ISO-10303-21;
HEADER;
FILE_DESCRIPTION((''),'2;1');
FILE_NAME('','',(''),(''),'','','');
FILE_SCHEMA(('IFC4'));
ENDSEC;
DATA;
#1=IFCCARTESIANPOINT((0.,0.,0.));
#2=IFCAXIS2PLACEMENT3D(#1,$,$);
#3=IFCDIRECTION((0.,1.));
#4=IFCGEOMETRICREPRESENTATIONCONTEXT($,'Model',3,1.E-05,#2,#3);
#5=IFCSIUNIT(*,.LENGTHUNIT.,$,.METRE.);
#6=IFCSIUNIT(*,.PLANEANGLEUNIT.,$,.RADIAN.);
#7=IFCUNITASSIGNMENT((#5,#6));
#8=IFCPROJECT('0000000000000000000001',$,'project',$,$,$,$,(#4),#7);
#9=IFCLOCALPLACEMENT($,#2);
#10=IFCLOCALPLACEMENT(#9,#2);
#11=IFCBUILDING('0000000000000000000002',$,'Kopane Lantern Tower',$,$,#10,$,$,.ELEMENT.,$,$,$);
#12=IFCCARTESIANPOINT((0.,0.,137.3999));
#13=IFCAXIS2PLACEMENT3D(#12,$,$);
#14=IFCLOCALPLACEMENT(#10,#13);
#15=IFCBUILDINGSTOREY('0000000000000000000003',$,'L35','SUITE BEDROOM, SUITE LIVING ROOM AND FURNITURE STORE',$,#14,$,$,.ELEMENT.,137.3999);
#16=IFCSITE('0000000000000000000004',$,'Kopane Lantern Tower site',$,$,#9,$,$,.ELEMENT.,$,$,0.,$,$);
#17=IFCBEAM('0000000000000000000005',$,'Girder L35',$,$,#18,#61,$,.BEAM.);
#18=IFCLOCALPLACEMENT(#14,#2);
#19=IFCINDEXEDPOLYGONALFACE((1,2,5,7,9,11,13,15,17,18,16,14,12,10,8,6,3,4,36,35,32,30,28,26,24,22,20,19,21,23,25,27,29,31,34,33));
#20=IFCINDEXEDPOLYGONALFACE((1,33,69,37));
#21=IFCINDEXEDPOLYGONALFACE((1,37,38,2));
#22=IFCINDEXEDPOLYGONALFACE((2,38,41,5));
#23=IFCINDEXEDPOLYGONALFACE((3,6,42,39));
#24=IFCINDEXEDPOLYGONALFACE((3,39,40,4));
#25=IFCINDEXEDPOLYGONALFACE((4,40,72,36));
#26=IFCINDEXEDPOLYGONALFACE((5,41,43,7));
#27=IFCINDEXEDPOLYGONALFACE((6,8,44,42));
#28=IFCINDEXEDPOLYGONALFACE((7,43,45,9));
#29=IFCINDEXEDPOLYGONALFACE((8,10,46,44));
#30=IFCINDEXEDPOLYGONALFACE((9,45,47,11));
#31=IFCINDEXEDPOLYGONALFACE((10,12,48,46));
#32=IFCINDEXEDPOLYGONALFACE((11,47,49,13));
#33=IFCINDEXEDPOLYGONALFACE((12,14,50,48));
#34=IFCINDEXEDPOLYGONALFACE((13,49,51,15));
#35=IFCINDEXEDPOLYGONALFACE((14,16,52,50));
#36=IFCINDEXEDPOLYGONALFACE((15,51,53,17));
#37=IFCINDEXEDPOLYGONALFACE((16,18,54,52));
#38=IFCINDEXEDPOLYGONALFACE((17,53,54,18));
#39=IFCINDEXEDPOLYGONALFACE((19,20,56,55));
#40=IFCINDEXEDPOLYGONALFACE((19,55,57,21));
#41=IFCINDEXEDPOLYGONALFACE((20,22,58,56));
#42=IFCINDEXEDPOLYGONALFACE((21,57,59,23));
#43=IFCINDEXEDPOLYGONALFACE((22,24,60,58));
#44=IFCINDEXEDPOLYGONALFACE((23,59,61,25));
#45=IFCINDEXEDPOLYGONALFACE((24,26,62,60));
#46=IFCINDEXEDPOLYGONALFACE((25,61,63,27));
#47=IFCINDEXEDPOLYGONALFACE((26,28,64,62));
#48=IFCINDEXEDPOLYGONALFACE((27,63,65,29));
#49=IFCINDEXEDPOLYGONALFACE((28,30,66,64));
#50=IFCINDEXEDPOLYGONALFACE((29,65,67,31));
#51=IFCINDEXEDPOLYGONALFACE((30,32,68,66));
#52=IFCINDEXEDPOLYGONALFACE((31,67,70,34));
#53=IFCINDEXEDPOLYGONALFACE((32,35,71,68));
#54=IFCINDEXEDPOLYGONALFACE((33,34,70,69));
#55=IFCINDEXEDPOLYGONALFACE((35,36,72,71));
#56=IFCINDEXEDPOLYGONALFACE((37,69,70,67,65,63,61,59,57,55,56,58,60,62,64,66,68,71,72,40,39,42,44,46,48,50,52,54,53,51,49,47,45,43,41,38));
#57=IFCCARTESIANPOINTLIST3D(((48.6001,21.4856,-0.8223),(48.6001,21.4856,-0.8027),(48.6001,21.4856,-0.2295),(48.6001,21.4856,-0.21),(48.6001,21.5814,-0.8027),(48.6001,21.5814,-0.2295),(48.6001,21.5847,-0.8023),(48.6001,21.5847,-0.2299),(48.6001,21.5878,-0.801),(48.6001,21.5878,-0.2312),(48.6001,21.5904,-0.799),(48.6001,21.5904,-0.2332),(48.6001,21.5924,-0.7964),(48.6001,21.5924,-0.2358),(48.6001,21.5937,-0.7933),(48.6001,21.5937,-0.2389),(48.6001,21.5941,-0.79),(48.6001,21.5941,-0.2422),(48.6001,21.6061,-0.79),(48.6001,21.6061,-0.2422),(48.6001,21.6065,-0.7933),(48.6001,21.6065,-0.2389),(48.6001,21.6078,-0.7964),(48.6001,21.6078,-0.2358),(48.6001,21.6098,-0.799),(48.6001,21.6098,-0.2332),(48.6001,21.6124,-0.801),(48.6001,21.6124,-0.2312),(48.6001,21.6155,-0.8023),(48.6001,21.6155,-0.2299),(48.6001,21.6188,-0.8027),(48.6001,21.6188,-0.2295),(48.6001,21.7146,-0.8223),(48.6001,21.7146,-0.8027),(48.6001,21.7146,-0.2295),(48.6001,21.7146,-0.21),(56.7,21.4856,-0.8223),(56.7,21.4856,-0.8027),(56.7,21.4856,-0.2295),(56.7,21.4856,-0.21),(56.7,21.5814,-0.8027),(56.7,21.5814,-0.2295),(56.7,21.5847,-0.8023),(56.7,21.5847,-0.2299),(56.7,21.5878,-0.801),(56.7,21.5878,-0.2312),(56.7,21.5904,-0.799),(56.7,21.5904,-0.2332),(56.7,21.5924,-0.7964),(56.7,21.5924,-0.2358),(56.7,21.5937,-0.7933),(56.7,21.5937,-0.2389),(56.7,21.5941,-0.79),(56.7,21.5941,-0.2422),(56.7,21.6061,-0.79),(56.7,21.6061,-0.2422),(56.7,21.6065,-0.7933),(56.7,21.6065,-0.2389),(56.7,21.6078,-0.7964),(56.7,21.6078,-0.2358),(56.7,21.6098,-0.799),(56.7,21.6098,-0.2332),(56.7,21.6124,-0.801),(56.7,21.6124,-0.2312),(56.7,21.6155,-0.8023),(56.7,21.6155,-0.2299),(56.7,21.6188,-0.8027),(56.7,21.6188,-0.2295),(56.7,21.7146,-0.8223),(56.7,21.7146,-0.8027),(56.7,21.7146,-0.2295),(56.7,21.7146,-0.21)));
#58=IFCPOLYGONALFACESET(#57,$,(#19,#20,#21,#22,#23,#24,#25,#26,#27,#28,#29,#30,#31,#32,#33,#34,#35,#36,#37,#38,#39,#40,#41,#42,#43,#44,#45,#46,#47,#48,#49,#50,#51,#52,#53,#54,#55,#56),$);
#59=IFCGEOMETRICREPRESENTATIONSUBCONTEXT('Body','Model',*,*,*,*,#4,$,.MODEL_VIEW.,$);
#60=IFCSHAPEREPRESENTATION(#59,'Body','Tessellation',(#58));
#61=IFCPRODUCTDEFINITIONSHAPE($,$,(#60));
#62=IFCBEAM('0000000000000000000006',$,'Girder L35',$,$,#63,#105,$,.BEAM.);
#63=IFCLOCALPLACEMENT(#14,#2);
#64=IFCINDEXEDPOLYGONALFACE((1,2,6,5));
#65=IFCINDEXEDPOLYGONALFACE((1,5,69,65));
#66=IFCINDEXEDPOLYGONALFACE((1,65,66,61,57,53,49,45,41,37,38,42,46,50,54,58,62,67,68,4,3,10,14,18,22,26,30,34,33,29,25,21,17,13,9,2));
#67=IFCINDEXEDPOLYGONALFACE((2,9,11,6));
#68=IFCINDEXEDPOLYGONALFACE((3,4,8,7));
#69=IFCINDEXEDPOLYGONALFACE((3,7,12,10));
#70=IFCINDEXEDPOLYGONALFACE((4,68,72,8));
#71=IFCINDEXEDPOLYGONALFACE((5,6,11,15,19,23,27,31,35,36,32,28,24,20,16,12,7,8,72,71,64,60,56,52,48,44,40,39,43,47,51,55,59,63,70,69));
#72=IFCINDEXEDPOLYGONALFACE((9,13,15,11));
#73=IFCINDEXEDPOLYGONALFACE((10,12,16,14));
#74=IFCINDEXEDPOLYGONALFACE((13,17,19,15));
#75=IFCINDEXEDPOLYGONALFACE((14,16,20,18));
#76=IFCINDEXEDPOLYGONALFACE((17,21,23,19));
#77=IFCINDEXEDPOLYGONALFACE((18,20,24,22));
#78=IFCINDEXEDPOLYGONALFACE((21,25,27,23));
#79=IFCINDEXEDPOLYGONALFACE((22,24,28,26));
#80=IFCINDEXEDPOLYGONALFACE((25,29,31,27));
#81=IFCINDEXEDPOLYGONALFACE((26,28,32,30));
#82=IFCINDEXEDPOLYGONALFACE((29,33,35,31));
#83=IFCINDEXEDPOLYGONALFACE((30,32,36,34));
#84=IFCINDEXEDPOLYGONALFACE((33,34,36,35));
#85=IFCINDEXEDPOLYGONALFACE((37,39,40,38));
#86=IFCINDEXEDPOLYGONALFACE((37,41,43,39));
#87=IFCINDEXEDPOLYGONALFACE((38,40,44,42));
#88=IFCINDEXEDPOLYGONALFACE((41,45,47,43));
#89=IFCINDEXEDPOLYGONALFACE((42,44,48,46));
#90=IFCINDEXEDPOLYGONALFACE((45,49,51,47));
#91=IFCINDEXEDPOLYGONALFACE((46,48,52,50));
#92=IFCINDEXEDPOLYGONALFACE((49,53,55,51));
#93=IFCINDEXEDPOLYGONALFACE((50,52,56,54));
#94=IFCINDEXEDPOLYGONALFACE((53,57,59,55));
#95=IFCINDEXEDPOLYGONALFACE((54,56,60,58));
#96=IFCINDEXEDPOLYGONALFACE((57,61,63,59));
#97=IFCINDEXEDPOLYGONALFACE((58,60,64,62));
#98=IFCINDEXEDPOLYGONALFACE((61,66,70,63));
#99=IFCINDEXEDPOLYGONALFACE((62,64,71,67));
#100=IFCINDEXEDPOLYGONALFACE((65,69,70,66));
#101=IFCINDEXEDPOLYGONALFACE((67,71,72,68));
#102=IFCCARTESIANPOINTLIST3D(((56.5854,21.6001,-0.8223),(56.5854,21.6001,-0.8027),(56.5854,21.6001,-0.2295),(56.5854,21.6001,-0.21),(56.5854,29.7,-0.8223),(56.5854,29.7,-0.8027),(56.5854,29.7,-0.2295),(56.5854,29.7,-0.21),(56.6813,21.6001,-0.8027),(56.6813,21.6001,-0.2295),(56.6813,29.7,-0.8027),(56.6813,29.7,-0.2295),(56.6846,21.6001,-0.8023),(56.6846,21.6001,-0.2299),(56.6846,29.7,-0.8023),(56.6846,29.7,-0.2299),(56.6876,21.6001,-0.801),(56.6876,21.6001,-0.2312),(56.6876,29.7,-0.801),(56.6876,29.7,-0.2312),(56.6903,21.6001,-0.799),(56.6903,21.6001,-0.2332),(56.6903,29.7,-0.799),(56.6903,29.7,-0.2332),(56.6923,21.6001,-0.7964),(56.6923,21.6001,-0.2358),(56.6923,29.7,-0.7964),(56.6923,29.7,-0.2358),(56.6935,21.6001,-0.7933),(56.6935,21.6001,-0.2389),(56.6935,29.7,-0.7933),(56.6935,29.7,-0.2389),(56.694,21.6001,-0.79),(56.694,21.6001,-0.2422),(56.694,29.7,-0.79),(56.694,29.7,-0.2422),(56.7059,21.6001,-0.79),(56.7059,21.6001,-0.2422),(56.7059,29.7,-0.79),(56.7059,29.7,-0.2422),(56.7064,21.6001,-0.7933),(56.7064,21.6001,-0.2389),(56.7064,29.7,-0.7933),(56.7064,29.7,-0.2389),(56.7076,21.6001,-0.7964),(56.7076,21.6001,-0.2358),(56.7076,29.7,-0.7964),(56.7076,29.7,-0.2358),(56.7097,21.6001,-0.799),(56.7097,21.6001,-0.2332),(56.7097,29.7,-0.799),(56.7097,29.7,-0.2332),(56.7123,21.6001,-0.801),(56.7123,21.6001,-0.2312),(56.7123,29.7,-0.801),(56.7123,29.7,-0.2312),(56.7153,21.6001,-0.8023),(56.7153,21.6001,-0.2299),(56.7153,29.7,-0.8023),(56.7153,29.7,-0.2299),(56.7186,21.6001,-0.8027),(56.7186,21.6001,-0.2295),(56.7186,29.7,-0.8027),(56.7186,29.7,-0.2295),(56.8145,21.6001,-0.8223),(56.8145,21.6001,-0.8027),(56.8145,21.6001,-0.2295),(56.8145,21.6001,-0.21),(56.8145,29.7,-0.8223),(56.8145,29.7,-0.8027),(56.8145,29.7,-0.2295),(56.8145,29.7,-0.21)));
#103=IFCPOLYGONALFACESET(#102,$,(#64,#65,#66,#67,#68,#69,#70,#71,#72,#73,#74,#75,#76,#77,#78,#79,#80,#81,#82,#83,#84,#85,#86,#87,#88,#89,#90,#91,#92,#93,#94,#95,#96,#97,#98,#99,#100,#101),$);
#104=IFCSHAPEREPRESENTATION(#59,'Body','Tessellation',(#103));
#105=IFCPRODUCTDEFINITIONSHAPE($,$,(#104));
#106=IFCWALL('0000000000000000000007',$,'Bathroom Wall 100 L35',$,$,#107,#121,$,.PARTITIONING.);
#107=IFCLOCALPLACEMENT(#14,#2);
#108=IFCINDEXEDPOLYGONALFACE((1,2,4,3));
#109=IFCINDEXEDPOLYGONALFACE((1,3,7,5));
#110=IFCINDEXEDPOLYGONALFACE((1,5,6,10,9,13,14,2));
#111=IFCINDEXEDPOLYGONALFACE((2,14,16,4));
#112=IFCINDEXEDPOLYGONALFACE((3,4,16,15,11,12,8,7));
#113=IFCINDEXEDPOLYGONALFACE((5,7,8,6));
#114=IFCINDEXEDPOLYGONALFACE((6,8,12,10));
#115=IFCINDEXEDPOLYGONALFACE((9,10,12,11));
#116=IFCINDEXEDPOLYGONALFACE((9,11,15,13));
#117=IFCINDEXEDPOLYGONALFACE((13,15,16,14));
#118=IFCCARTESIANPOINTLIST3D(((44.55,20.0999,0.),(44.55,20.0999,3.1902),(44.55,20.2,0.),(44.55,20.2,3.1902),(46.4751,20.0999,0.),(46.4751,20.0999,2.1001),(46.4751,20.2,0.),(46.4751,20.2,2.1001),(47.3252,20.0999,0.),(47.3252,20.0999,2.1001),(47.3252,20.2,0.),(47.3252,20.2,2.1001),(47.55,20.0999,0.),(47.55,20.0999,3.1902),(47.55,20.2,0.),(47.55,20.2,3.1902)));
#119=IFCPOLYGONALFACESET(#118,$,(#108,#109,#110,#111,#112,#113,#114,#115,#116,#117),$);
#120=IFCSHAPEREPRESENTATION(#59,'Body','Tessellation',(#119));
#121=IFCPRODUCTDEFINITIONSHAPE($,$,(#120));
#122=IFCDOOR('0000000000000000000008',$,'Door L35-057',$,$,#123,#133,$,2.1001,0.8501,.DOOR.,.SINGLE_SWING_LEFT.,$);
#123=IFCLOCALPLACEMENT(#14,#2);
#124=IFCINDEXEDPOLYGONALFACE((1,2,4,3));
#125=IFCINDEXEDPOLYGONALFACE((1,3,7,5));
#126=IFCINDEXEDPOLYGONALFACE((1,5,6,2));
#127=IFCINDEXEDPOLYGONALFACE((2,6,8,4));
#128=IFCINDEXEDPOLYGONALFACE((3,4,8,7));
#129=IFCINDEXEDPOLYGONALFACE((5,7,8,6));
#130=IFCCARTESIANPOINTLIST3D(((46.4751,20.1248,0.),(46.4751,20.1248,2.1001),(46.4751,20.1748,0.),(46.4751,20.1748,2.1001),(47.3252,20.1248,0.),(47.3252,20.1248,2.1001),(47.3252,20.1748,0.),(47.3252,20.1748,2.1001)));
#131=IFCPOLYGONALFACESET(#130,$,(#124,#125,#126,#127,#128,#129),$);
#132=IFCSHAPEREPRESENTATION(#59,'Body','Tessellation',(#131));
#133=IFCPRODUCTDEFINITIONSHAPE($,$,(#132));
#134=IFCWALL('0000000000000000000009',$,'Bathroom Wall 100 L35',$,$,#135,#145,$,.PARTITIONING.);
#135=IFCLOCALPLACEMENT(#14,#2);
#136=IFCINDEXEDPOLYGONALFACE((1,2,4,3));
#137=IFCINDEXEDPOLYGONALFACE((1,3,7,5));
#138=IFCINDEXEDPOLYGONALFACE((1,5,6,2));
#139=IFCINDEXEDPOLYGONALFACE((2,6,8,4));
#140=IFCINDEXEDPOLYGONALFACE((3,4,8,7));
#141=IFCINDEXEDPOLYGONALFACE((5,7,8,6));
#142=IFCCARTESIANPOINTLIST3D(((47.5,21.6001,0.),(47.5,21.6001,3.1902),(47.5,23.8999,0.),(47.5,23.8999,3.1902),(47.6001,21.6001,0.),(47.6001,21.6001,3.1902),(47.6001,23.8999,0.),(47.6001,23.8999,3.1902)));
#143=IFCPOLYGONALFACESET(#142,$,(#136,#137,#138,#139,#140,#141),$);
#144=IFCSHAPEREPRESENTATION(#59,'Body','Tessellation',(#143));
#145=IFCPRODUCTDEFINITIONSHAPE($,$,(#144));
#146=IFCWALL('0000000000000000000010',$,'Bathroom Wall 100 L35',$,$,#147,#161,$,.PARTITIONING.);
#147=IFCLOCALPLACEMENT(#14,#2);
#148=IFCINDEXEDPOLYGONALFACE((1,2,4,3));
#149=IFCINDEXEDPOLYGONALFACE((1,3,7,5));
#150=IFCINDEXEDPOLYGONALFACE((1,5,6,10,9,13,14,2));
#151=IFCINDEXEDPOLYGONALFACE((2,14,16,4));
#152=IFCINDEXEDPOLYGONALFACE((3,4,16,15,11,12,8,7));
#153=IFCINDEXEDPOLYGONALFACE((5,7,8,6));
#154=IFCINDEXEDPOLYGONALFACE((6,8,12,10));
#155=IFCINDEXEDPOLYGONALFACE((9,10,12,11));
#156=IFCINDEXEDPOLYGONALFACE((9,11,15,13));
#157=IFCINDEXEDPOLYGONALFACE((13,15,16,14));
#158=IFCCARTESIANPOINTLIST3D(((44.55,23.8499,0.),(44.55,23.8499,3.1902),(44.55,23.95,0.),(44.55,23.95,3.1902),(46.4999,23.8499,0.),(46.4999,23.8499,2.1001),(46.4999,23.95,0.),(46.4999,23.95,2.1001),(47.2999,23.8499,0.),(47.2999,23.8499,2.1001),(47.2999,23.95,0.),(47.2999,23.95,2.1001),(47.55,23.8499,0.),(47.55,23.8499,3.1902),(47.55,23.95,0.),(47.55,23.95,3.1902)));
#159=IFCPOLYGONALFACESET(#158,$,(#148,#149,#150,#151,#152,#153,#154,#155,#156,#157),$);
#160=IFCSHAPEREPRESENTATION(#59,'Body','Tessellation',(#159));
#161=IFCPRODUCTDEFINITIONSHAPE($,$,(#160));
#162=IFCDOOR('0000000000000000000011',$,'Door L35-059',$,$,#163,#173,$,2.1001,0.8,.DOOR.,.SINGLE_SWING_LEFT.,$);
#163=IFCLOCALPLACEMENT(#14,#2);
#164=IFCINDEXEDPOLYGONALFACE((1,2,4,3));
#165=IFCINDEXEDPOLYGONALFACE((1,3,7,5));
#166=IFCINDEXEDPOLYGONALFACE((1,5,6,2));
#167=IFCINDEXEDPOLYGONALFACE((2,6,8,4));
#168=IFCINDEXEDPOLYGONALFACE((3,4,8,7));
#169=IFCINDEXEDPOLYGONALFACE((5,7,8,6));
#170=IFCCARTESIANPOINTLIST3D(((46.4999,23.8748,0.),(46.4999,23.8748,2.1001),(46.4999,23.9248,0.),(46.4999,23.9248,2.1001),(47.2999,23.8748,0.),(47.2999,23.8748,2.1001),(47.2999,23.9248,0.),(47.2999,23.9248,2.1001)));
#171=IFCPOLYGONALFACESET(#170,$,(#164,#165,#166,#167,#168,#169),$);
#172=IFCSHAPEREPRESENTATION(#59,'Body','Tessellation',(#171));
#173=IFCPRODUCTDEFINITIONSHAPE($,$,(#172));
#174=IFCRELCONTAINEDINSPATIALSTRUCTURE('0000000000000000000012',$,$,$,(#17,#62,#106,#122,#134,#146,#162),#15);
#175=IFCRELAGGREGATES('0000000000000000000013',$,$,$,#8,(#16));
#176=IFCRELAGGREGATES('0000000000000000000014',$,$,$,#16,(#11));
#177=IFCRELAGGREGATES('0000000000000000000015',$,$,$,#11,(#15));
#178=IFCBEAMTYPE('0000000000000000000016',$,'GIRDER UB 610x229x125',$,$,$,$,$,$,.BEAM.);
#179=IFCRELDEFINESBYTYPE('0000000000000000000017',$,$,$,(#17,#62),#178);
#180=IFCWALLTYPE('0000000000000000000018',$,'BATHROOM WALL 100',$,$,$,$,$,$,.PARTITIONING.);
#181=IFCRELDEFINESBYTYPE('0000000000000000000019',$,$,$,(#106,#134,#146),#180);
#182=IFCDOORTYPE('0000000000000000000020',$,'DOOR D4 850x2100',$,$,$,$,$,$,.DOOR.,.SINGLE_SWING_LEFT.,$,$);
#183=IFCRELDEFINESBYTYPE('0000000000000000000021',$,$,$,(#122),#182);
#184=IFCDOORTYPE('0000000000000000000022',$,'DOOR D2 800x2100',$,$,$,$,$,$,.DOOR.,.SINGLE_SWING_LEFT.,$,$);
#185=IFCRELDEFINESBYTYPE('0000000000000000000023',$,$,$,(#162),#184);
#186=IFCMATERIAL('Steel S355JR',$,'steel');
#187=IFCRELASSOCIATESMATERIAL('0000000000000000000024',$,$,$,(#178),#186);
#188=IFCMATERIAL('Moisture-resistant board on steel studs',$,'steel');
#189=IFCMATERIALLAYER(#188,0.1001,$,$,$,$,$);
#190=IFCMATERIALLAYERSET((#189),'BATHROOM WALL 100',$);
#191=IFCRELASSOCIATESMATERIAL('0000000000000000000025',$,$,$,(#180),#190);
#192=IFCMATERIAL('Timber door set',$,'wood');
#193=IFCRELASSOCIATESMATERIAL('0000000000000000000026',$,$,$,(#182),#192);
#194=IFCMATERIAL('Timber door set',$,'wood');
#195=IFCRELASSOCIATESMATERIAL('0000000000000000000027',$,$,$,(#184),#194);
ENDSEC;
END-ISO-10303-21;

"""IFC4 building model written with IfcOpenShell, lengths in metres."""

from ifc_helpers import new_model, si_unit, direction, frame, frame_2d, origin, origin_2d, place, context, subcontext, project, spatial, rectangle, i_section, extrude, material, layer, layer_set, material_profile, profile_set, type_object, element, fill, save


model = new_model("IFC4")

# Units and contexts
model_context = context("Model", 3, precision=1e-05, world=origin(), true_north=direction((0.0, 1.0)))
body_context = subcontext(model_context, "Body", "Model", "MODEL_VIEW")
ifc_project = project(units=[si_unit("LENGTHUNIT", "METRE"), si_unit("PLANEANGLEUNIT", "RADIAN")], contexts=[model_context])

# Site, building, storey
site_placement = place(None, origin())
site = spatial("IfcSite", under=ifc_project, at=site_placement, Name="Kopane Lantern Tower site", CompositionType="ELEMENT", RefElevation=0.0)
building_placement = place(site_placement, origin())
building = spatial("IfcBuilding", under=site, at=building_placement, Name="Kopane Lantern Tower", CompositionType="ELEMENT")
storey_placement = place(building_placement, frame((0.0, 0.0, 137.3999)))
storey = spatial("IfcBuildingStorey", under=building, at=storey_placement, Name="L35", Description="SUITE BEDROOM, SUITE LIVING ROOM AND FURNITURE STORE", CompositionType="ELEMENT", Elevation=137.3999)

# Beams
ifc_material_1 = material(Name="Steel S355JR", Category="steel")
ifc_material_profile_1 = material_profile(ifc_material_1, i_section(OverallWidth=0.229, OverallDepth=0.6123, WebThickness=0.012, FlangeThickness=0.0195, FilletRadius=0.0127, at=origin_2d()), Name="UB 610x229x125")
ifc_profile_set_1 = profile_set([ifc_material_profile_1], Name="Steel S355JR")
beam_type_1 = type_object("IfcBeamType", Name="GIRDER UB 610x229x125", PredefinedType="BEAM", material=ifc_profile_set_1)
for number, where, z_axis, x_axis, name in (
    (1, (48.6001, 21.6001, -0.5161), (1.0, 0.0, 0.0), (0.0, 1.0, 0.0), "Girder L35"),
    (2, (56.7, 21.6001, -0.5161), (0.0, 1.0, 0.0), (-1.0, 0.0, 0.0), "Girder L35"),
):
    element("IfcBeam", number, at=place(storey_placement, frame(where, z_axis=z_axis, x_axis=x_axis)), inside=storey, type_object=beam_type_1, Name=name, PredefinedType="BEAM", context=body_context, shape_type="SweptSolid", body=[
        extrude(i_section(OverallWidth=0.229, OverallDepth=0.6123, WebThickness=0.012, FlangeThickness=0.0195, FilletRadius=0.0127, at=origin_2d()), origin(), (0.0, 0.0, 1.0), 8.0999),
    ])

# Wall, opening, door
ifc_material_2 = material(Name="Moisture-resistant board on steel studs", Category="steel")
ifc_layer_1 = layer(ifc_material_2, 0.1001)
ifc_layer_set_1 = layer_set([ifc_layer_1], Name="BATHROOM WALL 100")
wall_type_1 = type_object("IfcWallType", Name="BATHROOM WALL 100", PredefinedType="PARTITIONING", material=ifc_layer_set_1)
wall_1_placement = place(storey_placement, frame((44.55, 20.1499, 0.0), z_axis=(0.0, 0.0, 1.0), x_axis=(1.0, 0.0, 0.0)))
wall_1 = element("IfcWall", 3, at=wall_1_placement, inside=storey, type_object=wall_type_1, Name="Bathroom Wall 100 L35", PredefinedType="PARTITIONING", context=body_context, shape_type="SweptSolid", body=[
    extrude(rectangle(XDim=3.0, YDim=0.1001, at=frame_2d((1.5, 0.0))), origin(), (0.0, 0.0, 1.0), 3.1902),
])
opening_1_placement = place(wall_1_placement, frame((1.925, 0.0, 0.0)))
opening_1 = element("IfcOpeningElement", 4, at=opening_1_placement, cuts=wall_1, PredefinedType="OPENING", context=body_context, shape_type="SweptSolid", body=[
    extrude(rectangle(XDim=0.8501, YDim=2.1001, at=frame_2d((0.425, 1.05))), frame((0.0, 0.0601, 0.0), z_axis=(0.0, -1.0, 0.0), x_axis=(1.0, 0.0, 0.0)), (0.0, 0.0, 1.0), 0.1201),
])
ifc_material_3 = material(Name="Timber door set", Category="wood")
door_type_1 = type_object("IfcDoorType", Name="DOOR D4 850x2100", OperationType="SINGLE_SWING_LEFT", PredefinedType="DOOR", material=ifc_material_3)
door_1_placement = place(opening_1_placement, origin())
door_1 = element("IfcDoor", 5, at=door_1_placement, inside=storey, type_object=door_type_1, Name="Door L35-057", OperationType="SINGLE_SWING_LEFT", OverallHeight=2.1001, OverallWidth=0.8501, PredefinedType="DOOR", context=body_context, shape_type="SweptSolid", body=[
    extrude(rectangle(XDim=0.8501, YDim=2.1001, at=frame_2d((0.425, 1.05))), frame((0.0, 0.0249, 0.0), z_axis=(0.0, -1.0, 0.0), x_axis=(1.0, 0.0, 0.0)), (0.0, 0.0, 1.0), 0.05),
])
fill(opening_1, door_1)

# Wall
wall_2_placement = place(storey_placement, frame((47.55, 21.6001, 0.0), z_axis=(0.0, 0.0, 1.0), x_axis=(0.0, 1.0, 0.0)))
element("IfcWall", 6, at=wall_2_placement, inside=storey, type_object=wall_type_1, Name="Bathroom Wall 100 L35", PredefinedType="PARTITIONING", context=body_context, shape_type="SweptSolid", body=[
    extrude(rectangle(XDim=2.2998, YDim=0.1001, at=frame_2d((1.1499, 0.0))), origin(), (0.0, 0.0, 1.0), 3.1902),
])

# Wall, opening, door
wall_3_placement = place(storey_placement, frame((44.55, 23.8999, 0.0), z_axis=(0.0, 0.0, 1.0), x_axis=(1.0, 0.0, 0.0)))
wall_3 = element("IfcWall", 7, at=wall_3_placement, inside=storey, type_object=wall_type_1, Name="Bathroom Wall 100 L35", PredefinedType="PARTITIONING", context=body_context, shape_type="SweptSolid", body=[
    extrude(rectangle(XDim=3.0, YDim=0.1001, at=frame_2d((1.5, 0.0))), origin(), (0.0, 0.0, 1.0), 3.1902),
])
opening_2_placement = place(wall_3_placement, frame((1.95, 0.0, 0.0)))
opening_2 = element("IfcOpeningElement", 8, at=opening_2_placement, cuts=wall_3, PredefinedType="OPENING", context=body_context, shape_type="SweptSolid", body=[
    extrude(rectangle(XDim=0.8, YDim=2.1001, at=frame_2d((0.3999, 1.05))), frame((0.0, 0.0601, 0.0), z_axis=(0.0, -1.0, 0.0), x_axis=(1.0, 0.0, 0.0)), (0.0, 0.0, 1.0), 0.1201),
])
ifc_material_4 = material(Name="Timber door set", Category="wood")
door_type_2 = type_object("IfcDoorType", Name="DOOR D2 800x2100", OperationType="SINGLE_SWING_LEFT", PredefinedType="DOOR", material=ifc_material_4)
door_2_placement = place(opening_2_placement, origin())
door_2 = element("IfcDoor", 9, at=door_2_placement, inside=storey, type_object=door_type_2, Name="Door L35-059", OperationType="SINGLE_SWING_LEFT", OverallHeight=2.1001, OverallWidth=0.8, PredefinedType="DOOR", context=body_context, shape_type="SweptSolid", body=[
    extrude(rectangle(XDim=0.8, YDim=2.1001, at=frame_2d((0.3999, 1.05))), frame((0.0, 0.0249, 0.0), z_axis=(0.0, -1.0, 0.0), x_axis=(1.0, 0.0, 0.0)), (0.0, 0.0, 1.0), 0.05),
])
fill(opening_2, door_2)

save(model, "model.ifc")
